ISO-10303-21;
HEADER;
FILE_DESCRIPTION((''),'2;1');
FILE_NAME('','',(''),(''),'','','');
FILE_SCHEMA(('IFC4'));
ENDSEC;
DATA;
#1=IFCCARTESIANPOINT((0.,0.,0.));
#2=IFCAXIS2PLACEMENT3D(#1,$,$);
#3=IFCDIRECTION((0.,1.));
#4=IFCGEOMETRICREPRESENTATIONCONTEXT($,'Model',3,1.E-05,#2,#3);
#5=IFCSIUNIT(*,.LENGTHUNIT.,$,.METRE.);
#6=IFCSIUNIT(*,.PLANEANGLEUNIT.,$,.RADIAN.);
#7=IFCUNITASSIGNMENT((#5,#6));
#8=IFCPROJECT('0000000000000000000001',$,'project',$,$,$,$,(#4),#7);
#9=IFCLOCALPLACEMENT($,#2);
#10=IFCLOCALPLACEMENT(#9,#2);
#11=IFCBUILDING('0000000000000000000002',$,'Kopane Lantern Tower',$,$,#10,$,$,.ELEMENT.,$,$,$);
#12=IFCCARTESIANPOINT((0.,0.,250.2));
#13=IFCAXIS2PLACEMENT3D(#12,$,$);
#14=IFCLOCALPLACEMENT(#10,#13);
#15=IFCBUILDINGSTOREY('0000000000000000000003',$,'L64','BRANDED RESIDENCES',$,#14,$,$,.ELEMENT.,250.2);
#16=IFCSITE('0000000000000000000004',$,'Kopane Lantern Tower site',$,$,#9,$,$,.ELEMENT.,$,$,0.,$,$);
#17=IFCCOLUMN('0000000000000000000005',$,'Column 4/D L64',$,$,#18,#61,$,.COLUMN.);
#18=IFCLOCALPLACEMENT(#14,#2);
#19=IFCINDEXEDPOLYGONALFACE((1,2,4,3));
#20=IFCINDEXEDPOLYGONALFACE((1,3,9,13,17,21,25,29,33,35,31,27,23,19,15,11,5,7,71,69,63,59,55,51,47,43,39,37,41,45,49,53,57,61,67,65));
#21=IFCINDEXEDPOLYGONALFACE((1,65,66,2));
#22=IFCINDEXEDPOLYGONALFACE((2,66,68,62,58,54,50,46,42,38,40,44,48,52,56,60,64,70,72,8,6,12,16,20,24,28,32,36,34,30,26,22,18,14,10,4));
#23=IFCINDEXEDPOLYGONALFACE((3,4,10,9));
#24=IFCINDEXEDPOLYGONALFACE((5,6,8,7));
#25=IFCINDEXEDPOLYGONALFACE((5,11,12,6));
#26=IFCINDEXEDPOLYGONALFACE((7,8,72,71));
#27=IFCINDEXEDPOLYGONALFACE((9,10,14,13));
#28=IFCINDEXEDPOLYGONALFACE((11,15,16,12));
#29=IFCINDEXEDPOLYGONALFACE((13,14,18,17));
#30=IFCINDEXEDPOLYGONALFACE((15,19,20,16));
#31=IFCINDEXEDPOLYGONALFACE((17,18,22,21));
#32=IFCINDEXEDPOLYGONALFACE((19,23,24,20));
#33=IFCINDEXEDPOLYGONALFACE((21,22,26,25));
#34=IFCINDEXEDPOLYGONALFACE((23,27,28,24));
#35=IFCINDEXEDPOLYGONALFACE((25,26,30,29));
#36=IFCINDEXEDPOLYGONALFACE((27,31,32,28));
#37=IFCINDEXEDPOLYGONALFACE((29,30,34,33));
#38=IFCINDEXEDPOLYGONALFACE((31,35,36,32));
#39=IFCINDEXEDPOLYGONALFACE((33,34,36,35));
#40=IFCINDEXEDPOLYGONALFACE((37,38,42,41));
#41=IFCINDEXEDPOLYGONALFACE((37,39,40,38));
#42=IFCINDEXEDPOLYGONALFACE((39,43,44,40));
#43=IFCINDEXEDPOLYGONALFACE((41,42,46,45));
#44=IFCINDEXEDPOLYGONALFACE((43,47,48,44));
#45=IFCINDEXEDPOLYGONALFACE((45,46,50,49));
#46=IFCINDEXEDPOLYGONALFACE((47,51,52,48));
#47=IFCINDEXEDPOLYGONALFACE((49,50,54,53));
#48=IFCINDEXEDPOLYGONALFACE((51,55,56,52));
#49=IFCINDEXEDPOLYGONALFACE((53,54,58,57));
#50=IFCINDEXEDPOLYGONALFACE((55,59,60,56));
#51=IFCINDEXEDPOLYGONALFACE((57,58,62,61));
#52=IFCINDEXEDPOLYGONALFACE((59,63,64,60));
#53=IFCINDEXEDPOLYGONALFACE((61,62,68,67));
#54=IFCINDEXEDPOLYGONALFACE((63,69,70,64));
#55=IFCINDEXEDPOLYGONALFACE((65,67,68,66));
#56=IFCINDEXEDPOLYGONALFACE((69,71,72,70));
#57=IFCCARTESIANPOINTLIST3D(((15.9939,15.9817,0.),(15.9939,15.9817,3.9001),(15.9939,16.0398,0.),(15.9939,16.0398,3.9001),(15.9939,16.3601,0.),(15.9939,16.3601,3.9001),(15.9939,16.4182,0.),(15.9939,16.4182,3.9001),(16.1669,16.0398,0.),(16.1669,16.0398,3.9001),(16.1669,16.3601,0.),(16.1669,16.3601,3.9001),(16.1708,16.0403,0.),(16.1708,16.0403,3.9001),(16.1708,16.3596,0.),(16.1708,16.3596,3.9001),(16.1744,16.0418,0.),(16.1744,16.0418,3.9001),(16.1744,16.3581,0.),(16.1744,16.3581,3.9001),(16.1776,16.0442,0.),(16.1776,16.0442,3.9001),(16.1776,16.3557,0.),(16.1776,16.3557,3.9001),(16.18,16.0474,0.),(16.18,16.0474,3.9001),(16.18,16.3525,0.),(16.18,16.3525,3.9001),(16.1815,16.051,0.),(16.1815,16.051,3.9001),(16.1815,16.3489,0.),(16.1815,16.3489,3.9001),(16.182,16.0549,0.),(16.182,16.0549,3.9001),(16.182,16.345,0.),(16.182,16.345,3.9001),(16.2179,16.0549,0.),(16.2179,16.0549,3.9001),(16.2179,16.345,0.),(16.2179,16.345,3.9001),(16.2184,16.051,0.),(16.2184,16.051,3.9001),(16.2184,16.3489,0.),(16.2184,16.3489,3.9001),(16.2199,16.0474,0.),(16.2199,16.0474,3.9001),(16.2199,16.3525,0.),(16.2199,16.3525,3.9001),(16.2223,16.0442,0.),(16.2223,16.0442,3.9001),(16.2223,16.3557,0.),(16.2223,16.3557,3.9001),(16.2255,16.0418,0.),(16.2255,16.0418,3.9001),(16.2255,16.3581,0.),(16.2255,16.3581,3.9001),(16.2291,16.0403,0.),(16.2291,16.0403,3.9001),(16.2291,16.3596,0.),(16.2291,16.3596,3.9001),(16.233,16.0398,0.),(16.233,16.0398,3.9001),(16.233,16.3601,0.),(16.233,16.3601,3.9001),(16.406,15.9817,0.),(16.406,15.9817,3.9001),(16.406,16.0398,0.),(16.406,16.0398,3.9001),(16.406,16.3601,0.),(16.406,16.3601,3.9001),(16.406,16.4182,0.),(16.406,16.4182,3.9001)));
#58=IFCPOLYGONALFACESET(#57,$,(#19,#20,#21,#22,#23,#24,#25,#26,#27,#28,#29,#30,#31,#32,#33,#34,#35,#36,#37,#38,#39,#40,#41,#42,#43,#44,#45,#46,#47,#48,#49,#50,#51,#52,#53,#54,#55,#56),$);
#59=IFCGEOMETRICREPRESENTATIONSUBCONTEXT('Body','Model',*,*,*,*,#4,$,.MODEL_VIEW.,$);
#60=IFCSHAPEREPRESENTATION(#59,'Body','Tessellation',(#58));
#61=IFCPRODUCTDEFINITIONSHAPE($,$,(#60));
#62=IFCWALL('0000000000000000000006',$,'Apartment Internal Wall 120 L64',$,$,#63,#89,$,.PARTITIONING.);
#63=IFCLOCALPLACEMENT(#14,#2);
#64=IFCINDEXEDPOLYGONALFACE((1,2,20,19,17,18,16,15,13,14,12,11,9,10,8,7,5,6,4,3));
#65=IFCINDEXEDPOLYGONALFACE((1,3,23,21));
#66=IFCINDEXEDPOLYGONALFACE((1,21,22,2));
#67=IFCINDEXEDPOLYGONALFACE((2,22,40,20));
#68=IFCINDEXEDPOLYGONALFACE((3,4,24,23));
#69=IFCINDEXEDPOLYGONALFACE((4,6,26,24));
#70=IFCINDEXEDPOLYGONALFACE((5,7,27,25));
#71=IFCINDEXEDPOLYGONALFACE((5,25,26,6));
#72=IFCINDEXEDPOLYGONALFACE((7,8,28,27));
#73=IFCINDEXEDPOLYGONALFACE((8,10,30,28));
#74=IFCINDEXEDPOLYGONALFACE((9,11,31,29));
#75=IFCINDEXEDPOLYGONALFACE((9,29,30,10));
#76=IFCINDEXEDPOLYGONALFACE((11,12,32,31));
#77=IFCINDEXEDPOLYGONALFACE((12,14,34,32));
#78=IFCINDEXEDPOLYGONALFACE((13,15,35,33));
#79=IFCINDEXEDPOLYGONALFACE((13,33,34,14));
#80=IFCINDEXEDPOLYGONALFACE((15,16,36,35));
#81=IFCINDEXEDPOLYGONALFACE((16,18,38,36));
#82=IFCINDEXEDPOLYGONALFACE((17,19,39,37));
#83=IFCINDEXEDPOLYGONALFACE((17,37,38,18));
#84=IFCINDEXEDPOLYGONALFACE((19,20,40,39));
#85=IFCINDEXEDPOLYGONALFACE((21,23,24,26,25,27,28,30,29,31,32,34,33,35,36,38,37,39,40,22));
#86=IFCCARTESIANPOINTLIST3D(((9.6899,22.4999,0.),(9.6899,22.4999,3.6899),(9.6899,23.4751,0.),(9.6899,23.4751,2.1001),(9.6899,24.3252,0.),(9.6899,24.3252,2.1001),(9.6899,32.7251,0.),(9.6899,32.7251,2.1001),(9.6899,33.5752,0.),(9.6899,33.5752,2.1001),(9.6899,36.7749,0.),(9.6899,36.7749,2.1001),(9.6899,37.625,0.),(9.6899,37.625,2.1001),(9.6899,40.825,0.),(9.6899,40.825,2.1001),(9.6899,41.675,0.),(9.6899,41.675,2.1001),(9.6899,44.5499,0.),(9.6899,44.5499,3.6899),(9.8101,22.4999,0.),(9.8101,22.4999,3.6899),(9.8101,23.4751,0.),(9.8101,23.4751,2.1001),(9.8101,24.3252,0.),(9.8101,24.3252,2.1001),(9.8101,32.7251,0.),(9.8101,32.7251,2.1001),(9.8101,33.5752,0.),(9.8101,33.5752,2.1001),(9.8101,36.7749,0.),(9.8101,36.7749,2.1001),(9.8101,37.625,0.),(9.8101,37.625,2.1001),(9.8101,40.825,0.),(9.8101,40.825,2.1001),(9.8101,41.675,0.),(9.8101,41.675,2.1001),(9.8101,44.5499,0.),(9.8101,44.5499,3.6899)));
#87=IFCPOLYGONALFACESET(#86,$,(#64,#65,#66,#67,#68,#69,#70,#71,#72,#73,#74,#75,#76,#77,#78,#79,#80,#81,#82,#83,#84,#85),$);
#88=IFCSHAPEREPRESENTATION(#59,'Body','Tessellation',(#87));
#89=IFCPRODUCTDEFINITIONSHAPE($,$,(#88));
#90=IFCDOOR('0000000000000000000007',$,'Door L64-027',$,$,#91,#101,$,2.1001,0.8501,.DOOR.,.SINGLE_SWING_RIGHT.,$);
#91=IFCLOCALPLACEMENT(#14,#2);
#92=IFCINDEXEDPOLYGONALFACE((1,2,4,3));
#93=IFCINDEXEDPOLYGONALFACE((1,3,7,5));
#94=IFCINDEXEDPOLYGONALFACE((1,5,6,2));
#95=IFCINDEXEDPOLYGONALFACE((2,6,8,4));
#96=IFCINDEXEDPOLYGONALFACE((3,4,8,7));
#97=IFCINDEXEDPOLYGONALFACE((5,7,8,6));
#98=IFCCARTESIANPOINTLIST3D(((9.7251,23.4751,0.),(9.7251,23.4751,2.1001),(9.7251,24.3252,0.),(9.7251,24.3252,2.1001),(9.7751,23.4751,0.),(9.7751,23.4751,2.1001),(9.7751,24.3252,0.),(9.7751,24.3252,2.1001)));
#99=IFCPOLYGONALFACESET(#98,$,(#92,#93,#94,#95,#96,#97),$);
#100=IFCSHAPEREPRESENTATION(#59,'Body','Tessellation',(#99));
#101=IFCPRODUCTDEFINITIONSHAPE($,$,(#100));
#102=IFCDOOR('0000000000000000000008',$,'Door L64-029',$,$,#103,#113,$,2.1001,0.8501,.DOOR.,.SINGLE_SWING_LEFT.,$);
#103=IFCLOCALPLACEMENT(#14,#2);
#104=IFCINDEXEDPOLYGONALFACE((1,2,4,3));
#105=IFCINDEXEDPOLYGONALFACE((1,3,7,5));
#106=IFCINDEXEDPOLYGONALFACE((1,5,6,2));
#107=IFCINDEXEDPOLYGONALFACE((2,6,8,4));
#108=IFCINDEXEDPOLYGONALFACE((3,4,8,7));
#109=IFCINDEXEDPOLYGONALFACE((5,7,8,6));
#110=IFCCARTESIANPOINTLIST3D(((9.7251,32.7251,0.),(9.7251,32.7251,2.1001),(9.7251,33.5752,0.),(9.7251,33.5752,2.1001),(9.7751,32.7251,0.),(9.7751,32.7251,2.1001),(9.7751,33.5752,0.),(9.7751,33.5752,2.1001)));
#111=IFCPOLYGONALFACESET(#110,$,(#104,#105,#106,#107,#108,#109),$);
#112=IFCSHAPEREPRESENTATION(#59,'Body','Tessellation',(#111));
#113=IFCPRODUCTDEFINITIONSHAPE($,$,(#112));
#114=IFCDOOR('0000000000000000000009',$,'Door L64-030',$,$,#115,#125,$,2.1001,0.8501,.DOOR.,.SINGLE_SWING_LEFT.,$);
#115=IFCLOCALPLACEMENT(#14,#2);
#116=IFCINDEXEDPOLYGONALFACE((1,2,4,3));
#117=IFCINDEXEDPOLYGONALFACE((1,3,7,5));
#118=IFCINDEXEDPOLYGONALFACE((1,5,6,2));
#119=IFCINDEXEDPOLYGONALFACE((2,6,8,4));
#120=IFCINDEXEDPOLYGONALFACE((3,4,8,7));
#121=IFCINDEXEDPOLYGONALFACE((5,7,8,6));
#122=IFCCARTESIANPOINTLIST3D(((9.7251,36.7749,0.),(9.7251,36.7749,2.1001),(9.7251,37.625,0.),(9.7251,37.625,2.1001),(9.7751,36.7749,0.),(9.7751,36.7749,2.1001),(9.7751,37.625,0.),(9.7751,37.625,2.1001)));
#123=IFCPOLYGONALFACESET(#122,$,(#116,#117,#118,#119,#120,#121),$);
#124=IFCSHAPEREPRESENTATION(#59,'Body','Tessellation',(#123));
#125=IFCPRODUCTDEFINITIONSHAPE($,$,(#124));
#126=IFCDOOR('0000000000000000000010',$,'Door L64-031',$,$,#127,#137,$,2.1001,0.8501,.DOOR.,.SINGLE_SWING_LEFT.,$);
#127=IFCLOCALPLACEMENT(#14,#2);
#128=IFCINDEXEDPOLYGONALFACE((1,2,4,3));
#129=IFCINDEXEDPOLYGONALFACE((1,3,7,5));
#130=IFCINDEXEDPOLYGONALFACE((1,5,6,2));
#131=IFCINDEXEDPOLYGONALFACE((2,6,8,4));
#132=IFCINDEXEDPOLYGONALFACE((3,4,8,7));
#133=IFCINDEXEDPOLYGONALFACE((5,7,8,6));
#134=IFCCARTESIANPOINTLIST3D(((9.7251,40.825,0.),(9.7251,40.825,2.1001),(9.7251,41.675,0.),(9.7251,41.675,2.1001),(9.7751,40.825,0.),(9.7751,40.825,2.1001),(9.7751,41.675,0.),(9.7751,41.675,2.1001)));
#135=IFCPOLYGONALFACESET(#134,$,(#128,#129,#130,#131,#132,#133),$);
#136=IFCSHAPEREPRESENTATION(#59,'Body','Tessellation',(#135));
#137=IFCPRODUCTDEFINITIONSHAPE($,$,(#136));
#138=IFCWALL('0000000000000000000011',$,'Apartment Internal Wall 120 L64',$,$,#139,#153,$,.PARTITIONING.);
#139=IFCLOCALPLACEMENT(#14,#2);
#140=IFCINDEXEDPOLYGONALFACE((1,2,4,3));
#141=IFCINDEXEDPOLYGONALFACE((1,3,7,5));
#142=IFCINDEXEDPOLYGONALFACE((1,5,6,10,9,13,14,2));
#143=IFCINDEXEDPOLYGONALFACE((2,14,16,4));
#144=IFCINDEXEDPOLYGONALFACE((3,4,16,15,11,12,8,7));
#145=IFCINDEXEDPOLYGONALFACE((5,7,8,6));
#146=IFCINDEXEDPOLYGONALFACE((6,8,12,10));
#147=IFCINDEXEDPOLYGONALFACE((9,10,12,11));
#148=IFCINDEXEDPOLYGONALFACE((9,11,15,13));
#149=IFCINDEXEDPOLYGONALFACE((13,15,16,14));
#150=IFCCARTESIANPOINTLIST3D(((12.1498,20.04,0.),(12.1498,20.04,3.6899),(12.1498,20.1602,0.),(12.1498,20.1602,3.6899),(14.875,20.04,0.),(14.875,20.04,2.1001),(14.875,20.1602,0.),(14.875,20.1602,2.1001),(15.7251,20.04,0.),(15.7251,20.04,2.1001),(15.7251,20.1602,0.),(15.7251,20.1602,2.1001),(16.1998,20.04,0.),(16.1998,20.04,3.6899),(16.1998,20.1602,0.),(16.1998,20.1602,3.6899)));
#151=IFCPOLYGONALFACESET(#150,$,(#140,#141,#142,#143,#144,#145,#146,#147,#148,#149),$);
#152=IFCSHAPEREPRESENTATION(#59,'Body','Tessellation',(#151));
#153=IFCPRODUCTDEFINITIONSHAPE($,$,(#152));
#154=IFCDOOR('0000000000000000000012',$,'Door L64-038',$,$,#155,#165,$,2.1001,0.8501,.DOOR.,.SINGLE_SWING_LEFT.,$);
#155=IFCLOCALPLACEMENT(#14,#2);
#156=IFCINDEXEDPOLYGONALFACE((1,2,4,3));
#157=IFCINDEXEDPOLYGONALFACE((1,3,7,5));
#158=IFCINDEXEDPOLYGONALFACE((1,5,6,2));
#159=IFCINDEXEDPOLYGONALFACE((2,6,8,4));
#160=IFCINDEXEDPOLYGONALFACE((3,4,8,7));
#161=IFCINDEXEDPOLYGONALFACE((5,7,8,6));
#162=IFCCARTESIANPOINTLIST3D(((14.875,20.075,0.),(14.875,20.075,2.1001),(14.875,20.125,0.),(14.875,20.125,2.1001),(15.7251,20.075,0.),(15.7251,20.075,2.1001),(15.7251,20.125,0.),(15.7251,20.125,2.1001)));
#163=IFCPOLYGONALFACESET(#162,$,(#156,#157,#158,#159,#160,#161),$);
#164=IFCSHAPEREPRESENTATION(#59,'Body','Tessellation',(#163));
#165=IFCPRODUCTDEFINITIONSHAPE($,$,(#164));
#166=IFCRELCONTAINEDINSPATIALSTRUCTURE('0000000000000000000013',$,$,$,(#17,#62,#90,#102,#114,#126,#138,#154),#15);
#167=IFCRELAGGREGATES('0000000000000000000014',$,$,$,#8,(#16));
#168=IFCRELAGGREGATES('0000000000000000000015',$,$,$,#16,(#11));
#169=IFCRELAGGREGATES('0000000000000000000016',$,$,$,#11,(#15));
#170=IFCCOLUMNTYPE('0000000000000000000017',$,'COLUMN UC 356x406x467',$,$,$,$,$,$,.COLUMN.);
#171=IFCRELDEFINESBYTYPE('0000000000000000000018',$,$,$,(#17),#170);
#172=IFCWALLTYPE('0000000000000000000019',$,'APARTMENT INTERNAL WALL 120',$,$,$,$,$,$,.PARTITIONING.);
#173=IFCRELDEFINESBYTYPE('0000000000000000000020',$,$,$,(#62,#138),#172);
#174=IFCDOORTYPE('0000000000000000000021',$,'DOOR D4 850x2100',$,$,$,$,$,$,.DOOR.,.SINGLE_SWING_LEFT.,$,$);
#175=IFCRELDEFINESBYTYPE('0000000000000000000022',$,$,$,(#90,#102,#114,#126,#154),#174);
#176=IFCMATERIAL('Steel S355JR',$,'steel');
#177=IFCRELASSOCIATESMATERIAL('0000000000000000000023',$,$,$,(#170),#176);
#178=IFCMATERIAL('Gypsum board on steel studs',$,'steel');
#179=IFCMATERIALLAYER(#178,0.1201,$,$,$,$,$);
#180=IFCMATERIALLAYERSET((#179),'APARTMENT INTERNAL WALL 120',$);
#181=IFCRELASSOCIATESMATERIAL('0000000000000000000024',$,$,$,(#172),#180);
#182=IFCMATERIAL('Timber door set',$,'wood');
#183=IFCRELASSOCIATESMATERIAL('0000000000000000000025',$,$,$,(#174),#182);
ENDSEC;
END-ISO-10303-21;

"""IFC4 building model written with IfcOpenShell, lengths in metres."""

from ifc_helpers import new_model, si_unit, direction, frame, frame_2d, origin, origin_2d, place, context, subcontext, project, spatial, rectangle, i_section, extrude, material, layer, layer_set, material_profile, profile_set, type_object, element, fill, save


model = new_model("IFC4")

# Units and contexts
model_context = context("Model", 3, precision=1e-05, world=origin(), true_north=direction((0.0, 1.0)))
body_context = subcontext(model_context, "Body", "Model", "MODEL_VIEW")
ifc_project = project(units=[si_unit("LENGTHUNIT", "METRE"), si_unit("PLANEANGLEUNIT", "RADIAN")], contexts=[model_context])

# Site, building, storey
site_placement = place(None, origin())
site = spatial("IfcSite", under=ifc_project, at=site_placement, Name="Kopane Lantern Tower site", CompositionType="ELEMENT", RefElevation=0.0)
building_placement = place(site_placement, origin())
building = spatial("IfcBuilding", under=site, at=building_placement, Name="Kopane Lantern Tower", CompositionType="ELEMENT")
storey_placement = place(building_placement, frame((0.0, 0.0, 250.2)))
storey = spatial("IfcBuildingStorey", under=building, at=storey_placement, Name="L64", Description="BRANDED RESIDENCES", CompositionType="ELEMENT", Elevation=250.2)

# Column
ifc_material_1 = material(Name="Steel S355JR", Category="steel")
ifc_material_profile = material_profile(ifc_material_1, i_section(OverallWidth=0.4121, OverallDepth=0.4365, WebThickness=0.0359, FlangeThickness=0.0581, FilletRadius=0.0151, at=origin_2d()), Name="UC 356x406x467")
ifc_profile_set = profile_set([ifc_material_profile], Name="Steel S355JR")
column_type = type_object("IfcColumnType", Name="COLUMN UC 356x406x467", PredefinedType="COLUMN", material=ifc_profile_set)
column_placement = place(storey_placement, frame((16.2, 16.2, 0.0), z_axis=(0.0, 0.0, 1.0), x_axis=(1.0, 0.0, 0.0)))
element("IfcColumn", 1, at=column_placement, inside=storey, type_object=column_type, Name="Column 4/D L64", PredefinedType="COLUMN", context=body_context, shape_type="SweptSolid", body=[
    extrude(i_section(OverallWidth=0.4121, OverallDepth=0.4365, WebThickness=0.0359, FlangeThickness=0.0581, FilletRadius=0.0151, at=origin_2d()), origin(), (0.0, 0.0, 1.0), 3.9001),
])

# Wall, openings, doors
ifc_material_2 = material(Name="Gypsum board on steel studs", Category="steel")
ifc_layer_1 = layer(ifc_material_2, 0.1201)
ifc_layer_set_1 = layer_set([ifc_layer_1], Name="APARTMENT INTERNAL WALL 120")
wall_type_1 = type_object("IfcWallType", Name="APARTMENT INTERNAL WALL 120", PredefinedType="PARTITIONING", material=ifc_layer_set_1)
wall_1_placement = place(storey_placement, frame((9.75, 22.5, 0.0), z_axis=(0.0, 0.0, 1.0), x_axis=(0.0, 1.0, 0.0)))
wall_1 = element("IfcWall", 2, at=wall_1_placement, inside=storey, type_object=wall_type_1, Name="Apartment Internal Wall 120 L64", PredefinedType="PARTITIONING", context=body_context, shape_type="SweptSolid", body=[
    extrude(rectangle(XDim=22.05, YDim=0.1201, at=frame_2d((11.0249, 0.0))), origin(), (0.0, 0.0, 1.0), 3.6899),
])
opening_1_placement = place(wall_1_placement, frame((0.9751, 0.0, 0.0)))
opening_1 = element("IfcOpeningElement", 3, at=opening_1_placement, cuts=wall_1, PredefinedType="OPENING", context=body_context, shape_type="SweptSolid", body=[
    extrude(rectangle(XDim=0.8501, YDim=2.1001, at=frame_2d((0.425, 1.05))), frame((0.0, 0.0701, 0.0), z_axis=(0.0, -1.0, 0.0), x_axis=(1.0, 0.0, 0.0)), (0.0, 0.0, 1.0), 0.1401),
])
opening_2_placement = place(wall_1_placement, frame((10.2251, 0.0, 0.0)))
opening_2 = element("IfcOpeningElement", 4, at=opening_2_placement, cuts=wall_1, PredefinedType="OPENING", context=body_context, shape_type="SweptSolid", body=[
    extrude(rectangle(XDim=0.8501, YDim=2.1001, at=frame_2d((0.425, 1.05))), frame((0.0, 0.0701, 0.0), z_axis=(0.0, -1.0, 0.0), x_axis=(1.0, 0.0, 0.0)), (0.0, 0.0, 1.0), 0.1401),
])
opening_3_placement = place(wall_1_placement, frame((14.2749, 0.0, 0.0)))
opening_3 = element("IfcOpeningElement", 5, at=opening_3_placement, cuts=wall_1, PredefinedType="OPENING", context=body_context, shape_type="SweptSolid", body=[
    extrude(rectangle(XDim=0.8501, YDim=2.1001, at=frame_2d((0.425, 1.05))), frame((0.0, 0.0701, 0.0), z_axis=(0.0, -1.0, 0.0), x_axis=(1.0, 0.0, 0.0)), (0.0, 0.0, 1.0), 0.1401),
])
opening_4_placement = place(wall_1_placement, frame((18.325, 0.0, 0.0)))
opening_4 = element("IfcOpeningElement", 6, at=opening_4_placement, cuts=wall_1, PredefinedType="OPENING", context=body_context, shape_type="SweptSolid", body=[
    extrude(rectangle(XDim=0.8501, YDim=2.1001, at=frame_2d((0.425, 1.05))), frame((0.0, 0.0701, 0.0), z_axis=(0.0, -1.0, 0.0), x_axis=(1.0, 0.0, 0.0)), (0.0, 0.0, 1.0), 0.1401),
])
ifc_material_3 = material(Name="Timber door set", Category="wood")
door_type = type_object("IfcDoorType", Name="DOOR D4 850x2100", OperationType="SINGLE_SWING_LEFT", PredefinedType="DOOR", material=ifc_material_3)
door_1_placement = place(opening_1_placement, origin())
door_1 = element("IfcDoor", 7, at=door_1_placement, inside=storey, type_object=door_type, Name="Door L64-027", OperationType="SINGLE_SWING_RIGHT", OverallHeight=2.1001, OverallWidth=0.8501, PredefinedType="DOOR", context=body_context, shape_type="SweptSolid", body=[
    extrude(rectangle(XDim=0.8501, YDim=2.1001, at=frame_2d((0.425, 1.05))), frame((0.0, 0.0249, 0.0), z_axis=(0.0, -1.0, 0.0), x_axis=(1.0, 0.0, 0.0)), (0.0, 0.0, 1.0), 0.05),
])
fill(opening_1, door_1)
door_2_placement = place(opening_2_placement, origin())
door_2 = element("IfcDoor", 8, at=door_2_placement, inside=storey, type_object=door_type, Name="Door L64-029", OperationType="SINGLE_SWING_LEFT", OverallHeight=2.1001, OverallWidth=0.8501, PredefinedType="DOOR", context=body_context, shape_type="SweptSolid", body=[
    extrude(rectangle(XDim=0.8501, YDim=2.1001, at=frame_2d((0.425, 1.05))), frame((0.0, 0.0249, 0.0), z_axis=(0.0, -1.0, 0.0), x_axis=(1.0, 0.0, 0.0)), (0.0, 0.0, 1.0), 0.05),
])
fill(opening_2, door_2)
door_3_placement = place(opening_3_placement, origin())
door_3 = element("IfcDoor", 9, at=door_3_placement, inside=storey, type_object=door_type, Name="Door L64-030", OperationType="SINGLE_SWING_LEFT", OverallHeight=2.1001, OverallWidth=0.8501, PredefinedType="DOOR", context=body_context, shape_type="SweptSolid", body=[
    extrude(rectangle(XDim=0.8501, YDim=2.1001, at=frame_2d((0.425, 1.05))), frame((0.0, 0.0249, 0.0), z_axis=(0.0, -1.0, 0.0), x_axis=(1.0, 0.0, 0.0)), (0.0, 0.0, 1.0), 0.05),
])
fill(opening_3, door_3)
door_4_placement = place(opening_4_placement, origin())
door_4 = element("IfcDoor", 10, at=door_4_placement, inside=storey, type_object=door_type, Name="Door L64-031", OperationType="SINGLE_SWING_LEFT", OverallHeight=2.1001, OverallWidth=0.8501, PredefinedType="DOOR", context=body_context, shape_type="SweptSolid", body=[
    extrude(rectangle(XDim=0.8501, YDim=2.1001, at=frame_2d((0.425, 1.05))), frame((0.0, 0.0249, 0.0), z_axis=(0.0, -1.0, 0.0), x_axis=(1.0, 0.0, 0.0)), (0.0, 0.0, 1.0), 0.05),
])
fill(opening_4, door_4)

# Wall, opening, door
wall_2_placement = place(storey_placement, frame((12.1499, 20.1001, 0.0), z_axis=(0.0, 0.0, 1.0), x_axis=(1.0, 0.0, 0.0)))
wall_2 = element("IfcWall", 11, at=wall_2_placement, inside=storey, type_object=wall_type_1, Name="Apartment Internal Wall 120 L64", PredefinedType="PARTITIONING", context=body_context, shape_type="SweptSolid", body=[
    extrude(rectangle(XDim=4.05, YDim=0.1201, at=frame_2d((2.0249, 0.0))), origin(), (0.0, 0.0, 1.0), 3.6899),
])
opening_5_placement = place(wall_2_placement, frame((2.7251, 0.0, 0.0)))
opening_5 = element("IfcOpeningElement", 12, at=opening_5_placement, cuts=wall_2, PredefinedType="OPENING", context=body_context, shape_type="SweptSolid", body=[
    extrude(rectangle(XDim=0.8501, YDim=2.1001, at=frame_2d((0.425, 1.05))), frame((0.0, 0.0701, 0.0), z_axis=(0.0, -1.0, 0.0), x_axis=(1.0, 0.0, 0.0)), (0.0, 0.0, 1.0), 0.1401),
])
door_5_placement = place(opening_5_placement, origin())
door_5 = element("IfcDoor", 13, at=door_5_placement, inside=storey, type_object=door_type, Name="Door L64-038", OperationType="SINGLE_SWING_LEFT", OverallHeight=2.1001, OverallWidth=0.8501, PredefinedType="DOOR", context=body_context, shape_type="SweptSolid", body=[
    extrude(rectangle(XDim=0.8501, YDim=2.1001, at=frame_2d((0.425, 1.05))), frame((0.0, 0.0249, 0.0), z_axis=(0.0, -1.0, 0.0), x_axis=(1.0, 0.0, 0.0)), (0.0, 0.0, 1.0), 0.05),
])
fill(opening_5, door_5)

save(model, "model.ifc")
